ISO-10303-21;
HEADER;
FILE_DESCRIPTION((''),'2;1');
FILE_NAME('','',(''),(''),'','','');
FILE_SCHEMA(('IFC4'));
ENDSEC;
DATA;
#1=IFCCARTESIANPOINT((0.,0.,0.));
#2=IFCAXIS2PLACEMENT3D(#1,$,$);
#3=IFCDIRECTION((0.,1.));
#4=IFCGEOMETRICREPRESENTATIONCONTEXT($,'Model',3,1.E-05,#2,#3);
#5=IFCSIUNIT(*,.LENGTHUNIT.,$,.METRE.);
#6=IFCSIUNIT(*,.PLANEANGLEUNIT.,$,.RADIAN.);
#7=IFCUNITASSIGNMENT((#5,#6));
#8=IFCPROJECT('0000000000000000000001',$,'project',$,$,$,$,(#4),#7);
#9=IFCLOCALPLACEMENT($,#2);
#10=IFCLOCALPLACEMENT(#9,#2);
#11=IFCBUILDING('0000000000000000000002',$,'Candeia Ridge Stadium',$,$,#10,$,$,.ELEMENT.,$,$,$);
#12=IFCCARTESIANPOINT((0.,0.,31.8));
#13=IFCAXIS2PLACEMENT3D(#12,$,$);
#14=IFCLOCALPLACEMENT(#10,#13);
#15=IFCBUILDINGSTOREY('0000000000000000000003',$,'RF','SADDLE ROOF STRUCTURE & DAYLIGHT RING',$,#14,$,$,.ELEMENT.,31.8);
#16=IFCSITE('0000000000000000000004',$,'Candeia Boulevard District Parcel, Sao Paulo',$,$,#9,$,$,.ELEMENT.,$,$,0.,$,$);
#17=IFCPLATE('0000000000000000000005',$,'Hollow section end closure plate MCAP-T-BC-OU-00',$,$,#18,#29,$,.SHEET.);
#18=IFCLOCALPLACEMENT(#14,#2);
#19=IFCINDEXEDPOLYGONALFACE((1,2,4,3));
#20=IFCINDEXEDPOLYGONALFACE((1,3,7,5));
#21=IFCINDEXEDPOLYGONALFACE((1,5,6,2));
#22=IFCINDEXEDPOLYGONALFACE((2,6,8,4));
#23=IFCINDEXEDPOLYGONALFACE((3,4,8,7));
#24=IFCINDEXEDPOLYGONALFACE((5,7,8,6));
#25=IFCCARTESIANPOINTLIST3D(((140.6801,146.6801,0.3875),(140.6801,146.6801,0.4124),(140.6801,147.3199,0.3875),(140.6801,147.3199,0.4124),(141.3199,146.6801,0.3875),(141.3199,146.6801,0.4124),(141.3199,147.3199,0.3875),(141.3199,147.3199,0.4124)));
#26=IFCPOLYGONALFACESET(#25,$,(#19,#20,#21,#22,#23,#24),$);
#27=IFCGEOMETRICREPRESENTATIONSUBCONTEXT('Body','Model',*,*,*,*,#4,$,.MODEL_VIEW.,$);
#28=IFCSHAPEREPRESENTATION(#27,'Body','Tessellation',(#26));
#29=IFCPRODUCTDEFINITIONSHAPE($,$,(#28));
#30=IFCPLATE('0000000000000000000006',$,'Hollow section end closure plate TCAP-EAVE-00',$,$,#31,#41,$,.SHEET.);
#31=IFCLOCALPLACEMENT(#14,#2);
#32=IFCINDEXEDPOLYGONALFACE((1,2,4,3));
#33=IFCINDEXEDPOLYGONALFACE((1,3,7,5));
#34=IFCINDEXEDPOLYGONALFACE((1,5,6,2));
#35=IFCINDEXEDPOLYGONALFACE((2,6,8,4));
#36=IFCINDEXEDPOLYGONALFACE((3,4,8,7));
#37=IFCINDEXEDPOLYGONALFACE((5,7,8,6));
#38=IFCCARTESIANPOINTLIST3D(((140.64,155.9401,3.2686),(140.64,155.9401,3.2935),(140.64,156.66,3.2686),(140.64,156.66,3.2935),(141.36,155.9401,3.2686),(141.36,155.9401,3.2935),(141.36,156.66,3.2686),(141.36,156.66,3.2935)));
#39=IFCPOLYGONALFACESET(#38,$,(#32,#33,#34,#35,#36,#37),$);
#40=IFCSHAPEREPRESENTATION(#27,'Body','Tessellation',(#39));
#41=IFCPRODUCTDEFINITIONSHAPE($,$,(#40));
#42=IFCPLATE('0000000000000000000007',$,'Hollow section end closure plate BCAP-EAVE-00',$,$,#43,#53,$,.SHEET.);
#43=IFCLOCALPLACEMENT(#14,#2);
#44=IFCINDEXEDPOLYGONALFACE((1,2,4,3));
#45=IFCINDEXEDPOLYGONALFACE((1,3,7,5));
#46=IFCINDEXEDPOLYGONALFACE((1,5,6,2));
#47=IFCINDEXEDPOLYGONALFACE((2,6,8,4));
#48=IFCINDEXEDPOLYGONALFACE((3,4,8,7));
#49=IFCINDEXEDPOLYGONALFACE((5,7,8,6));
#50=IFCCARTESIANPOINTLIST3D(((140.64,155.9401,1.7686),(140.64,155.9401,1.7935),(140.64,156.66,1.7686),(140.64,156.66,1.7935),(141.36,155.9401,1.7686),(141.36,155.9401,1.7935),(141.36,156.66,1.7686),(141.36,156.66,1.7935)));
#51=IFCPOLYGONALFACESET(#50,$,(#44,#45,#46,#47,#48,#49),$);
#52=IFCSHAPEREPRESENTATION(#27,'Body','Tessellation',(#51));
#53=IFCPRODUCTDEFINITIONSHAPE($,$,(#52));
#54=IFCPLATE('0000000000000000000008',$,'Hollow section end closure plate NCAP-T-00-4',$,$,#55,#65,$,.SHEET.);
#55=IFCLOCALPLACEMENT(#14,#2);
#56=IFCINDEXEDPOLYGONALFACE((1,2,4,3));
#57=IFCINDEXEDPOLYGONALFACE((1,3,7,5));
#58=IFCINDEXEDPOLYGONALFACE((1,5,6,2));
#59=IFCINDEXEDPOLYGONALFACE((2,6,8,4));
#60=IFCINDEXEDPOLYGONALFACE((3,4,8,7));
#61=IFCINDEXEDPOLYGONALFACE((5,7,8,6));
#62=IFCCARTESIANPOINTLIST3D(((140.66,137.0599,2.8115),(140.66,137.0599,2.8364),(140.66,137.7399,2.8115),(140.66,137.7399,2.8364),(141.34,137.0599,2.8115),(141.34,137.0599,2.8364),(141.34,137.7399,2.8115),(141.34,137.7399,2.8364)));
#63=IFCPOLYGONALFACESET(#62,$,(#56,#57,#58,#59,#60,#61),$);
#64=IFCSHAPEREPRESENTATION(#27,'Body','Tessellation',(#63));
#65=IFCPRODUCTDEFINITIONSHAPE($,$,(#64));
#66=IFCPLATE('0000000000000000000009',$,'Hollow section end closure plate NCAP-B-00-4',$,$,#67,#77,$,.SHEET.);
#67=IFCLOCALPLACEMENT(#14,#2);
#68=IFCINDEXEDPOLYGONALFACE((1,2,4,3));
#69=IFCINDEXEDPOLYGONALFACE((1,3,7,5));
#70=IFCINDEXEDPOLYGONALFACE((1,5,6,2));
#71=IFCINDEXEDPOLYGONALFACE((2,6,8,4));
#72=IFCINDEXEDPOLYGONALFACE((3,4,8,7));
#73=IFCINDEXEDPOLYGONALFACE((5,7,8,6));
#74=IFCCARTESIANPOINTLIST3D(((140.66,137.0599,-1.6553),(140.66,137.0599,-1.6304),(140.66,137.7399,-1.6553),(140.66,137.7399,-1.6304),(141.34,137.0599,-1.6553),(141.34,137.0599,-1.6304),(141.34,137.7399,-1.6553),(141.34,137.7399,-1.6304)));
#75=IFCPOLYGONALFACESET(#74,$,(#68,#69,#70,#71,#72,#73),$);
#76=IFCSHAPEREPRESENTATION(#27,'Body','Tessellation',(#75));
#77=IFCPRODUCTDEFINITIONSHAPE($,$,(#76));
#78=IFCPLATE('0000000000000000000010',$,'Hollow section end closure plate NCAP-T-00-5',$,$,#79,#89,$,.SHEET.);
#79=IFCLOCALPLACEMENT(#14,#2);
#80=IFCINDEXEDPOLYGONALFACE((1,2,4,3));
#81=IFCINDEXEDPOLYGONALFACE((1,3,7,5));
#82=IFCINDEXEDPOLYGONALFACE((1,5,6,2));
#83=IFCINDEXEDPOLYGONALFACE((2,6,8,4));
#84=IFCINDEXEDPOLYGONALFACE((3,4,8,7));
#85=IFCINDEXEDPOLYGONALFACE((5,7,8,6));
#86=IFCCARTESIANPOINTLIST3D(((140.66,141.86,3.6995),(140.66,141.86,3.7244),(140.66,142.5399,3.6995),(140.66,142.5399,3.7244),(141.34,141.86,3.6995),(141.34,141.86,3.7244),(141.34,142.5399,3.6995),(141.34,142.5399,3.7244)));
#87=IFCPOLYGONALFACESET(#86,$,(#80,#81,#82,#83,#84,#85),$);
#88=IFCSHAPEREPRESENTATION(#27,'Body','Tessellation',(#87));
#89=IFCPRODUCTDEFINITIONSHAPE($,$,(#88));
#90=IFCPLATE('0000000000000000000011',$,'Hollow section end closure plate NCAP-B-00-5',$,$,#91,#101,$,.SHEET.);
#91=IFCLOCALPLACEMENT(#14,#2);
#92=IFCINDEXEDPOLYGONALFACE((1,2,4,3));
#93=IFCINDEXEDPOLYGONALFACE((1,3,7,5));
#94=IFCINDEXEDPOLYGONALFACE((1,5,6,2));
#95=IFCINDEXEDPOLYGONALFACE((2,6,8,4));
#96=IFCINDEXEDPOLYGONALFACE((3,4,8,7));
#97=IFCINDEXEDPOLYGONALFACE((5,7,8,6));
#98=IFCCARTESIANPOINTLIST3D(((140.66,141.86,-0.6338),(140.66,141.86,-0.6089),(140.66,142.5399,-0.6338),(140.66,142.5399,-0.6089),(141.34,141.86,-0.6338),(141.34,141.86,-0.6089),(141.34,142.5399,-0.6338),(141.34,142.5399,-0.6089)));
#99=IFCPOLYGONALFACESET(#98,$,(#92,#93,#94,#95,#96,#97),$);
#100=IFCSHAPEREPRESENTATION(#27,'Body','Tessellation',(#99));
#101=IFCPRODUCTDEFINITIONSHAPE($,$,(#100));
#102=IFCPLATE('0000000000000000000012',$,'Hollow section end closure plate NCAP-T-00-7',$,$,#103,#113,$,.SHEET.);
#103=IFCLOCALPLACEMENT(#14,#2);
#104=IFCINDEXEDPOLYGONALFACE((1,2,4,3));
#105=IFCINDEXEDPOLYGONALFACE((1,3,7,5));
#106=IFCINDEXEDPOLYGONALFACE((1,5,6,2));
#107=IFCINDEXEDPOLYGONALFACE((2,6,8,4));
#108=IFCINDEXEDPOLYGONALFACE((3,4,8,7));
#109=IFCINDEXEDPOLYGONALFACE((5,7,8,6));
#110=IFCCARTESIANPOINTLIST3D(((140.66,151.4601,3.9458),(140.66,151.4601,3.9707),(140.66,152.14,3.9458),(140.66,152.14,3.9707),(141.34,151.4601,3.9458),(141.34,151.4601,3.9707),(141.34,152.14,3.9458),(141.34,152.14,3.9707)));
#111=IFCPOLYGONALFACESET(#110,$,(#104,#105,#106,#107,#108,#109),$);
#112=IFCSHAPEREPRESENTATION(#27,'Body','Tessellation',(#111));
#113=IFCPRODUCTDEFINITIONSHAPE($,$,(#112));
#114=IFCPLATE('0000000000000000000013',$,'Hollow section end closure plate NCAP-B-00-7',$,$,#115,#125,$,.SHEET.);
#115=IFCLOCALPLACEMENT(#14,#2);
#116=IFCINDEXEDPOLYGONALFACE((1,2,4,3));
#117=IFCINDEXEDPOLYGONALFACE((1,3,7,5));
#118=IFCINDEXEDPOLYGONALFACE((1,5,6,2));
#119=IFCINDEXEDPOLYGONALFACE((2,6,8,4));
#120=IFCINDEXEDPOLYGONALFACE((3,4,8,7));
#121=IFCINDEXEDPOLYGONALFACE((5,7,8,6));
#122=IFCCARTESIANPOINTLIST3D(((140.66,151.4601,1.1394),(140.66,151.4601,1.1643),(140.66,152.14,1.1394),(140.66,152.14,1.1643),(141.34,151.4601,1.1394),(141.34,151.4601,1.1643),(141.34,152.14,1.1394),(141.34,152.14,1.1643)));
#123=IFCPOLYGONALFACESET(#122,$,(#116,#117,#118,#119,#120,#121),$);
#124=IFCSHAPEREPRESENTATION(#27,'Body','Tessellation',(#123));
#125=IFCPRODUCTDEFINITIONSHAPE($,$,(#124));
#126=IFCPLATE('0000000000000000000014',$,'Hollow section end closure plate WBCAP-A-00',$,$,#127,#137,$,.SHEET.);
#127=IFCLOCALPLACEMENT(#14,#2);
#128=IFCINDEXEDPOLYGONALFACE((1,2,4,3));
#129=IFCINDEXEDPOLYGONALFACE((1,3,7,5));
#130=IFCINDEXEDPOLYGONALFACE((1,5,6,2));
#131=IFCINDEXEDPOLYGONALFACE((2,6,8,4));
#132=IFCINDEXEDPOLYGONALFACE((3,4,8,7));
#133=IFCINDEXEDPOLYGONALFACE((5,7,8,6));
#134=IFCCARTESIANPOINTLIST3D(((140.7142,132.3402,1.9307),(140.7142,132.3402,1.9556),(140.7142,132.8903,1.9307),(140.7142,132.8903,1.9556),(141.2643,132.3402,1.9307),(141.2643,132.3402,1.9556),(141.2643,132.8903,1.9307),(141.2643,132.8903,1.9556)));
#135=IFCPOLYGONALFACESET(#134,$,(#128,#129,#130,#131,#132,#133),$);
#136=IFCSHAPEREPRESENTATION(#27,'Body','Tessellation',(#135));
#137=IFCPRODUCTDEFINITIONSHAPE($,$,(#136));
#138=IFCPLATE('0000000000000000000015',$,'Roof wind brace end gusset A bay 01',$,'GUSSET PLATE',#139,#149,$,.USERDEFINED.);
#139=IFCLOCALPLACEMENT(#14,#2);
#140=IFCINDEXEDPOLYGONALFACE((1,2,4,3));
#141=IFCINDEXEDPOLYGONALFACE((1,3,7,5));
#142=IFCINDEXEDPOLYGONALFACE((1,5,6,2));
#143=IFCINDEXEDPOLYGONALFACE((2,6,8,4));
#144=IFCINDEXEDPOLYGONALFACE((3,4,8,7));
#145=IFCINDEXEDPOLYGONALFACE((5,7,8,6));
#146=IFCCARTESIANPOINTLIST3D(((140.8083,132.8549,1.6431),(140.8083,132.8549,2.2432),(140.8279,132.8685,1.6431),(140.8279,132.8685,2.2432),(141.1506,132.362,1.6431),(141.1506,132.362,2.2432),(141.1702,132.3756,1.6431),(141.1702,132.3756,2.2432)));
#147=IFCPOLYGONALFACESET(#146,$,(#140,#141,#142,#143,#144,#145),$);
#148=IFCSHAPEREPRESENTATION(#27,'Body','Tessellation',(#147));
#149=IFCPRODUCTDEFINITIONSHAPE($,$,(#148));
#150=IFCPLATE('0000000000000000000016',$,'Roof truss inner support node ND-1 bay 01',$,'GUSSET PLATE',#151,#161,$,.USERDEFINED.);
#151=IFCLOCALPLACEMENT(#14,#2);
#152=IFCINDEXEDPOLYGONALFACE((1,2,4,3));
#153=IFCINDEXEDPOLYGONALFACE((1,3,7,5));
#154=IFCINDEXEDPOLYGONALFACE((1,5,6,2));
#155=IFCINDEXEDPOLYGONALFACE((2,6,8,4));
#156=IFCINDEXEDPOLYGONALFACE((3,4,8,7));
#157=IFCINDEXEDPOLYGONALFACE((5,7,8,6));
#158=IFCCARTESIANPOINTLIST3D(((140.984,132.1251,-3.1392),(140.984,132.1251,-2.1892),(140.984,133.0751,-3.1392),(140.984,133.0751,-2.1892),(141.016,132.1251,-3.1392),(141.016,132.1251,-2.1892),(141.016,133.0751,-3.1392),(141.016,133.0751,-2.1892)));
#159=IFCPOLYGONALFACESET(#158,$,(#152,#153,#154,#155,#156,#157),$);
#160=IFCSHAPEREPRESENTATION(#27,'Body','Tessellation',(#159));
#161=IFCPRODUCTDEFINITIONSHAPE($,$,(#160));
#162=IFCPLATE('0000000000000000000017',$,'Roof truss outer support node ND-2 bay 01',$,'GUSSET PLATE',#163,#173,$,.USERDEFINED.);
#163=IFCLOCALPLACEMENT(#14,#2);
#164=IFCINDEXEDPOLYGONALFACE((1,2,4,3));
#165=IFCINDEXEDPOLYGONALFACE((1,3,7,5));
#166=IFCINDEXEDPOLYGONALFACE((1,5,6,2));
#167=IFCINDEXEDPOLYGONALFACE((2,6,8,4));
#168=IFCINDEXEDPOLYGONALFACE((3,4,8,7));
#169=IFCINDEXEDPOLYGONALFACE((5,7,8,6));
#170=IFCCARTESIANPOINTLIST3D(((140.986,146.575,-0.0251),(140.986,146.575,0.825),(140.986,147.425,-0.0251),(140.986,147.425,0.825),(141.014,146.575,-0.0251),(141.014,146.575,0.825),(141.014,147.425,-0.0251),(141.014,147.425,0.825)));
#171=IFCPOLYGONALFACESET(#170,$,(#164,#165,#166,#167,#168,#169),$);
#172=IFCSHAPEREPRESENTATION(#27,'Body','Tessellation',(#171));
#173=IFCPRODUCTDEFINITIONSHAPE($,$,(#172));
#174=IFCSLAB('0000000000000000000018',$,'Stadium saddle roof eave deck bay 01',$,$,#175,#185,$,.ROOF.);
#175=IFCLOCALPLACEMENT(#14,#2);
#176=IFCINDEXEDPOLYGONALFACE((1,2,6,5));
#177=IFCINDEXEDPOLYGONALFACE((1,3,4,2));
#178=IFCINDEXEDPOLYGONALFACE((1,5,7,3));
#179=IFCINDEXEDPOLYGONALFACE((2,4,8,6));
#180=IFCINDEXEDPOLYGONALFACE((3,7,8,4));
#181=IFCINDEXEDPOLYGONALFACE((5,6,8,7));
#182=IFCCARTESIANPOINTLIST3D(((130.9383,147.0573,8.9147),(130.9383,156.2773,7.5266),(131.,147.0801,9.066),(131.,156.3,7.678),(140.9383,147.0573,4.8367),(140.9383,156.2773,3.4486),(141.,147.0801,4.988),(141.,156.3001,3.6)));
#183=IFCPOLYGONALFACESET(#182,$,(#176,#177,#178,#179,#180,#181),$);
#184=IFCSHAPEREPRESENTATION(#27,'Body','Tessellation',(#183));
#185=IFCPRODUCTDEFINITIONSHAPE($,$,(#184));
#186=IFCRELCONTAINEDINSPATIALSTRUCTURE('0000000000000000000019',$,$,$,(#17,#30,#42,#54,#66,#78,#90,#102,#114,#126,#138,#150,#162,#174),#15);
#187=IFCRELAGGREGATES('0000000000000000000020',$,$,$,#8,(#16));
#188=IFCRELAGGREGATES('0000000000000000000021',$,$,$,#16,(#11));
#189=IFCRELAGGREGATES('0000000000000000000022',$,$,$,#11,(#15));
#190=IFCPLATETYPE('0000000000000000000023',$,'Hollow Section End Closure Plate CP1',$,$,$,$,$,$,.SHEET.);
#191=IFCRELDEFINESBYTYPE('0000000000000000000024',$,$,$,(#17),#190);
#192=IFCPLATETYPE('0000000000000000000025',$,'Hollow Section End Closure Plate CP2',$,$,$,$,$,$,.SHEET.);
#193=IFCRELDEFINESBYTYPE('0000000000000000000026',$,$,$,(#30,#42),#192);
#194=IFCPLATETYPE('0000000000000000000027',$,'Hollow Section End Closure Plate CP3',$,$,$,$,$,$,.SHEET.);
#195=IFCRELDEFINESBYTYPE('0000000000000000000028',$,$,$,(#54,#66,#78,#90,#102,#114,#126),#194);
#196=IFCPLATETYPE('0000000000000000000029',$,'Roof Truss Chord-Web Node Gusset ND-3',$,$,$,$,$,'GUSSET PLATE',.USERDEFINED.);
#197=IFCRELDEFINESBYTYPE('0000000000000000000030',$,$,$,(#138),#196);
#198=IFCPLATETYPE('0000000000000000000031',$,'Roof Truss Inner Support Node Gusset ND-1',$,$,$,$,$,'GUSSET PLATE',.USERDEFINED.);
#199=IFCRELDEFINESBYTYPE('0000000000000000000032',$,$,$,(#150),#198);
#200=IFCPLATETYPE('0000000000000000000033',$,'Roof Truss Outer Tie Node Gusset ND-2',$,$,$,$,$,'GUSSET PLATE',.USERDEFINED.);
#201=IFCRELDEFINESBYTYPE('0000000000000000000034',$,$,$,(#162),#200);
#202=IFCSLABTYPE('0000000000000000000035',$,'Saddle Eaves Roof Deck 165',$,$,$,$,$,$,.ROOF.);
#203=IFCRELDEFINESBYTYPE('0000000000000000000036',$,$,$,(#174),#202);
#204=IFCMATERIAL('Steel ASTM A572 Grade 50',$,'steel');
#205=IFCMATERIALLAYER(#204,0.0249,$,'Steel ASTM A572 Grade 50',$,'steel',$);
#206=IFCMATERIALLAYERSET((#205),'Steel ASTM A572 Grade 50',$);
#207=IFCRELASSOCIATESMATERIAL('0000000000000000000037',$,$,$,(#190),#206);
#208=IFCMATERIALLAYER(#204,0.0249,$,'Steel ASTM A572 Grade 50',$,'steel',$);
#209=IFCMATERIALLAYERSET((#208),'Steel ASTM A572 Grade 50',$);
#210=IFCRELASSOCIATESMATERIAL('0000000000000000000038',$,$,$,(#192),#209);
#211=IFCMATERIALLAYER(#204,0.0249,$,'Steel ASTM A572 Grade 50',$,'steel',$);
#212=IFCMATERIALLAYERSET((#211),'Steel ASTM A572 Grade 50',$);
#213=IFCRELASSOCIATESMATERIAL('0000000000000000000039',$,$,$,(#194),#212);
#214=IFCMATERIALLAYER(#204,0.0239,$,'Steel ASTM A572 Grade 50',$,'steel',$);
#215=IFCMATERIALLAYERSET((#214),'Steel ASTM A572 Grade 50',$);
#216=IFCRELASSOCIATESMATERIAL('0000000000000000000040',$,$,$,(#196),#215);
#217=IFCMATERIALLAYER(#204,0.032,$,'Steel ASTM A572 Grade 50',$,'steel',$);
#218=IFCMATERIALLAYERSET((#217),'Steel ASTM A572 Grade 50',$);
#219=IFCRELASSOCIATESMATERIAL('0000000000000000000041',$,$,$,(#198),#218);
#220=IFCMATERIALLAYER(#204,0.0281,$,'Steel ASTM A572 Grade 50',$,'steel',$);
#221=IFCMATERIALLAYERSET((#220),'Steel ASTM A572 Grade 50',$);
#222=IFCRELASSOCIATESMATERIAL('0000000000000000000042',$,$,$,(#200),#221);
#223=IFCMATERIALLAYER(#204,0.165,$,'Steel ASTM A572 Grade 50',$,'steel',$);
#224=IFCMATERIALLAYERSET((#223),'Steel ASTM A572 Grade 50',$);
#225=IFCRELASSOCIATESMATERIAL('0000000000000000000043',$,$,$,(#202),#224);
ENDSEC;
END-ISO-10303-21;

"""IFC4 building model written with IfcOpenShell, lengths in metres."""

from ifc_helpers import new_model, si_unit, direction, frame, origin, origin_2d, place, context, subcontext, project, spatial, polyline, rectangle, outline, extrude, material, layer, layer_set, type_object, element, save


model = new_model("IFC4")

# Units and contexts
model_context = context("Model", 3, precision=1e-05, world=origin(), true_north=direction((0.0, 1.0)))
body_context = subcontext(model_context, "Body", "Model", "MODEL_VIEW")
ifc_project = project(units=[si_unit("LENGTHUNIT", "METRE"), si_unit("PLANEANGLEUNIT", "RADIAN")], contexts=[model_context])

# Site, building, storey
site_placement = place(None, origin())
site = spatial("IfcSite", under=ifc_project, at=site_placement, Name="Candeia Boulevard District Parcel, Sao Paulo", CompositionType="ELEMENT", RefElevation=0.0)
building_placement = place(site_placement, origin())
building = spatial("IfcBuilding", under=site, at=building_placement, Name="Candeia Ridge Stadium", CompositionType="ELEMENT")
storey_placement = place(building_placement, frame((0.0, 0.0, 31.8)))
storey = spatial("IfcBuildingStorey", under=building, at=storey_placement, Name="RF", Description="SADDLE ROOF STRUCTURE & DAYLIGHT RING", CompositionType="ELEMENT", Elevation=31.8)

# Shared definitions
ifc_material_1 = material(Name="Steel ASTM A572 Grade 50", Category="steel")

# Plates
ifc_layer_1 = layer(ifc_material_1, 0.0249, Name="Steel ASTM A572 Grade 50", Category="steel")
ifc_layer_set_1 = layer_set([ifc_layer_1], Name="Steel ASTM A572 Grade 50")
plate_type_1 = type_object("IfcPlateType", Name="Hollow Section End Closure Plate CP1", PredefinedType="SHEET", material=ifc_layer_set_1)
plate_1_placement = place(storey_placement, frame((141.0, 147.0, 0.3875), z_axis=(0.0, 0.0, 1.0), x_axis=(1.0, 0.0, 0.0)))
element("IfcPlate", 1, at=plate_1_placement, inside=storey, type_object=plate_type_1, Name="Hollow section end closure plate MCAP-T-BC-OU-00", PredefinedType="SHEET", context=body_context, shape_type="SweptSolid", body=[
    extrude(rectangle(XDim=0.6399, YDim=0.6399, at=origin_2d()), origin(), (0.0, 0.0, 1.0), 0.0249),
])
ifc_layer_2 = layer(ifc_material_1, 0.0249, Name="Steel ASTM A572 Grade 50", Category="steel")
ifc_layer_set_2 = layer_set([ifc_layer_2], Name="Steel ASTM A572 Grade 50")
plate_type_2 = type_object("IfcPlateType", Name="Hollow Section End Closure Plate CP2", PredefinedType="SHEET", material=ifc_layer_set_2)
for number, where, z_axis, x_axis, name in (
    (2, (141.0, 156.3, 3.2686), (0.0, 0.0, 1.0), (1.0, 0.0, 0.0), "Hollow section end closure plate TCAP-EAVE-00"),
    (3, (141.0, 156.3, 1.7686), (0.0, 0.0, 1.0), (1.0, 0.0, 0.0), "Hollow section end closure plate BCAP-EAVE-00"),
):
    element("IfcPlate", number, at=place(storey_placement, frame(where, z_axis=z_axis, x_axis=x_axis)), inside=storey, type_object=plate_type_2, Name=name, PredefinedType="SHEET", context=body_context, shape_type="SweptSolid", body=[
        extrude(rectangle(XDim=0.72, YDim=0.72, at=origin_2d()), origin(), (0.0, 0.0, 1.0), 0.0249),
    ])
ifc_layer_3 = layer(ifc_material_1, 0.0249, Name="Steel ASTM A572 Grade 50", Category="steel")
ifc_layer_set_3 = layer_set([ifc_layer_3], Name="Steel ASTM A572 Grade 50")
plate_type_3 = type_object("IfcPlateType", Name="Hollow Section End Closure Plate CP3", PredefinedType="SHEET", material=ifc_layer_set_3)
for number, where, z_axis, x_axis, name in (
    (4, (141.0, 137.3999, 2.8115), (0.0, 0.0, 1.0), (1.0, 0.0, 0.0), "Hollow section end closure plate NCAP-T-00-4"),
    (5, (141.0, 137.3999, -1.6553), (0.0, 0.0, 1.0), (1.0, 0.0, 0.0), "Hollow section end closure plate NCAP-B-00-4"),
    (6, (141.0, 142.2, 3.6995), (0.0, 0.0, 1.0), (1.0, 0.0, 0.0), "Hollow section end closure plate NCAP-T-00-5"),
    (7, (141.0, 142.2, -0.6338), (0.0, 0.0, 1.0), (1.0, 0.0, 0.0), "Hollow section end closure plate NCAP-B-00-5"),
    (8, (141.0, 151.8, 3.9458), (0.0, 0.0, 1.0), (1.0, 0.0, 0.0), "Hollow section end closure plate NCAP-T-00-7"),
    (9, (141.0, 151.8, 1.1394), (0.0, 0.0, 1.0), (1.0, 0.0, 0.0), "Hollow section end closure plate NCAP-B-00-7"),
):
    element("IfcPlate", number, at=place(storey_placement, frame(where, z_axis=z_axis, x_axis=x_axis)), inside=storey, type_object=plate_type_3, Name=name, PredefinedType="SHEET", context=body_context, shape_type="SweptSolid", body=[
        extrude(rectangle(XDim=0.6799, YDim=0.6799, at=origin_2d()), origin(), (0.0, 0.0, 1.0), 0.0249),
    ])
plate_2_placement = place(storey_placement, frame((140.9893, 132.6152, 1.9307), z_axis=(0.0, 0.0, 1.0), x_axis=(1.0, 0.0, 0.0)))
element("IfcPlate", 10, at=plate_2_placement, inside=storey, type_object=plate_type_3, Name="Hollow section end closure plate WBCAP-A-00", PredefinedType="SHEET", context=body_context, shape_type="SweptSolid", body=[
    extrude(rectangle(XDim=0.55, YDim=0.55, at=origin_2d()), origin(), (0.0, 0.0, 1.0), 0.0249),
])
ifc_layer_4 = layer(ifc_material_1, 0.0239, Name="Steel ASTM A572 Grade 50", Category="steel")
ifc_layer_set_4 = layer_set([ifc_layer_4], Name="Steel ASTM A572 Grade 50")
plate_type_4 = type_object("IfcPlateType", Name="Roof Truss Chord-Web Node Gusset ND-3", ElementType="GUSSET PLATE", PredefinedType="USERDEFINED", material=ifc_layer_set_4)
plate_3_placement = place(storey_placement, frame((140.9893, 132.6152, 1.6431), z_axis=(0.0, 0.0, 1.0), x_axis=(-0.570395, 0.82137, 0.0)))
element("IfcPlate", 11, at=plate_3_placement, inside=storey, type_object=plate_type_4, Name="Roof wind brace end gusset A bay 01", ObjectType="GUSSET PLATE", PredefinedType="USERDEFINED", context=body_context, shape_type="SweptSolid", body=[
    extrude(rectangle(XDim=0.6001, YDim=0.0239, at=origin_2d()), origin(), (0.0, 0.0, 1.0), 0.6001),
])
ifc_layer_5 = layer(ifc_material_1, 0.032, Name="Steel ASTM A572 Grade 50", Category="steel")
ifc_layer_set_5 = layer_set([ifc_layer_5], Name="Steel ASTM A572 Grade 50")
plate_type_5 = type_object("IfcPlateType", Name="Roof Truss Inner Support Node Gusset ND-1", ElementType="GUSSET PLATE", PredefinedType="USERDEFINED", material=ifc_layer_set_5)
plate_4_placement = place(storey_placement, frame((141.0, 132.6001, -3.1392), z_axis=(0.0, 0.0, 1.0), x_axis=(0.0, 1.0, 0.0)))
element("IfcPlate", 12, at=plate_4_placement, inside=storey, type_object=plate_type_5, Name="Roof truss inner support node ND-1 bay 01", ObjectType="GUSSET PLATE", PredefinedType="USERDEFINED", context=body_context, shape_type="SweptSolid", body=[
    extrude(rectangle(XDim=0.95, YDim=0.032, at=origin_2d()), origin(), (0.0, 0.0, 1.0), 0.95),
])
ifc_layer_6 = layer(ifc_material_1, 0.0281, Name="Steel ASTM A572 Grade 50", Category="steel")
ifc_layer_set_6 = layer_set([ifc_layer_6], Name="Steel ASTM A572 Grade 50")
plate_type_6 = type_object("IfcPlateType", Name="Roof Truss Outer Tie Node Gusset ND-2", ElementType="GUSSET PLATE", PredefinedType="USERDEFINED", material=ifc_layer_set_6)
plate_5_placement = place(storey_placement, frame((141.0, 147.0, -0.0251), z_axis=(0.0, 0.0, 1.0), x_axis=(0.0, 1.0, 0.0)))
element("IfcPlate", 13, at=plate_5_placement, inside=storey, type_object=plate_type_6, Name="Roof truss outer support node ND-2 bay 01", ObjectType="GUSSET PLATE", PredefinedType="USERDEFINED", context=body_context, shape_type="SweptSolid", body=[
    extrude(rectangle(XDim=0.8501, YDim=0.0281, at=origin_2d()), origin(), (0.0, 0.0, 1.0), 0.8501),
])

# Slab
ifc_layer_7 = layer(ifc_material_1, 0.165, Name="Steel ASTM A572 Grade 50", Category="steel")
ifc_layer_set_7 = layer_set([ifc_layer_7], Name="Steel ASTM A572 Grade 50")
slab_type = type_object("IfcSlabType", Name="Saddle Eaves Roof Deck 165", PredefinedType="ROOF", material=ifc_layer_set_7)
slab_placement = place(storey_placement, frame((141.0, 147.0801, 4.988), z_axis=(0.373992, 0.138068, 0.917097), x_axis=(-0.925965, 0.000001, 0.377609)))
element("IfcSlab", 14, at=slab_placement, inside=storey, type_object=slab_type, Name="Stadium saddle roof eave deck bay 01", PredefinedType="ROOF", context=body_context, shape_type="SweptSolid", body=[
    extrude(outline(polyline([(0.0, 0.0), (10.7995, 0.0), (10.2754, -9.3091), (-0.5242, -9.3091), (0.0, 0.0)])), origin(), (0.0, 0.0, -1.0), 0.165),
])

save(model, "model.ifc")
